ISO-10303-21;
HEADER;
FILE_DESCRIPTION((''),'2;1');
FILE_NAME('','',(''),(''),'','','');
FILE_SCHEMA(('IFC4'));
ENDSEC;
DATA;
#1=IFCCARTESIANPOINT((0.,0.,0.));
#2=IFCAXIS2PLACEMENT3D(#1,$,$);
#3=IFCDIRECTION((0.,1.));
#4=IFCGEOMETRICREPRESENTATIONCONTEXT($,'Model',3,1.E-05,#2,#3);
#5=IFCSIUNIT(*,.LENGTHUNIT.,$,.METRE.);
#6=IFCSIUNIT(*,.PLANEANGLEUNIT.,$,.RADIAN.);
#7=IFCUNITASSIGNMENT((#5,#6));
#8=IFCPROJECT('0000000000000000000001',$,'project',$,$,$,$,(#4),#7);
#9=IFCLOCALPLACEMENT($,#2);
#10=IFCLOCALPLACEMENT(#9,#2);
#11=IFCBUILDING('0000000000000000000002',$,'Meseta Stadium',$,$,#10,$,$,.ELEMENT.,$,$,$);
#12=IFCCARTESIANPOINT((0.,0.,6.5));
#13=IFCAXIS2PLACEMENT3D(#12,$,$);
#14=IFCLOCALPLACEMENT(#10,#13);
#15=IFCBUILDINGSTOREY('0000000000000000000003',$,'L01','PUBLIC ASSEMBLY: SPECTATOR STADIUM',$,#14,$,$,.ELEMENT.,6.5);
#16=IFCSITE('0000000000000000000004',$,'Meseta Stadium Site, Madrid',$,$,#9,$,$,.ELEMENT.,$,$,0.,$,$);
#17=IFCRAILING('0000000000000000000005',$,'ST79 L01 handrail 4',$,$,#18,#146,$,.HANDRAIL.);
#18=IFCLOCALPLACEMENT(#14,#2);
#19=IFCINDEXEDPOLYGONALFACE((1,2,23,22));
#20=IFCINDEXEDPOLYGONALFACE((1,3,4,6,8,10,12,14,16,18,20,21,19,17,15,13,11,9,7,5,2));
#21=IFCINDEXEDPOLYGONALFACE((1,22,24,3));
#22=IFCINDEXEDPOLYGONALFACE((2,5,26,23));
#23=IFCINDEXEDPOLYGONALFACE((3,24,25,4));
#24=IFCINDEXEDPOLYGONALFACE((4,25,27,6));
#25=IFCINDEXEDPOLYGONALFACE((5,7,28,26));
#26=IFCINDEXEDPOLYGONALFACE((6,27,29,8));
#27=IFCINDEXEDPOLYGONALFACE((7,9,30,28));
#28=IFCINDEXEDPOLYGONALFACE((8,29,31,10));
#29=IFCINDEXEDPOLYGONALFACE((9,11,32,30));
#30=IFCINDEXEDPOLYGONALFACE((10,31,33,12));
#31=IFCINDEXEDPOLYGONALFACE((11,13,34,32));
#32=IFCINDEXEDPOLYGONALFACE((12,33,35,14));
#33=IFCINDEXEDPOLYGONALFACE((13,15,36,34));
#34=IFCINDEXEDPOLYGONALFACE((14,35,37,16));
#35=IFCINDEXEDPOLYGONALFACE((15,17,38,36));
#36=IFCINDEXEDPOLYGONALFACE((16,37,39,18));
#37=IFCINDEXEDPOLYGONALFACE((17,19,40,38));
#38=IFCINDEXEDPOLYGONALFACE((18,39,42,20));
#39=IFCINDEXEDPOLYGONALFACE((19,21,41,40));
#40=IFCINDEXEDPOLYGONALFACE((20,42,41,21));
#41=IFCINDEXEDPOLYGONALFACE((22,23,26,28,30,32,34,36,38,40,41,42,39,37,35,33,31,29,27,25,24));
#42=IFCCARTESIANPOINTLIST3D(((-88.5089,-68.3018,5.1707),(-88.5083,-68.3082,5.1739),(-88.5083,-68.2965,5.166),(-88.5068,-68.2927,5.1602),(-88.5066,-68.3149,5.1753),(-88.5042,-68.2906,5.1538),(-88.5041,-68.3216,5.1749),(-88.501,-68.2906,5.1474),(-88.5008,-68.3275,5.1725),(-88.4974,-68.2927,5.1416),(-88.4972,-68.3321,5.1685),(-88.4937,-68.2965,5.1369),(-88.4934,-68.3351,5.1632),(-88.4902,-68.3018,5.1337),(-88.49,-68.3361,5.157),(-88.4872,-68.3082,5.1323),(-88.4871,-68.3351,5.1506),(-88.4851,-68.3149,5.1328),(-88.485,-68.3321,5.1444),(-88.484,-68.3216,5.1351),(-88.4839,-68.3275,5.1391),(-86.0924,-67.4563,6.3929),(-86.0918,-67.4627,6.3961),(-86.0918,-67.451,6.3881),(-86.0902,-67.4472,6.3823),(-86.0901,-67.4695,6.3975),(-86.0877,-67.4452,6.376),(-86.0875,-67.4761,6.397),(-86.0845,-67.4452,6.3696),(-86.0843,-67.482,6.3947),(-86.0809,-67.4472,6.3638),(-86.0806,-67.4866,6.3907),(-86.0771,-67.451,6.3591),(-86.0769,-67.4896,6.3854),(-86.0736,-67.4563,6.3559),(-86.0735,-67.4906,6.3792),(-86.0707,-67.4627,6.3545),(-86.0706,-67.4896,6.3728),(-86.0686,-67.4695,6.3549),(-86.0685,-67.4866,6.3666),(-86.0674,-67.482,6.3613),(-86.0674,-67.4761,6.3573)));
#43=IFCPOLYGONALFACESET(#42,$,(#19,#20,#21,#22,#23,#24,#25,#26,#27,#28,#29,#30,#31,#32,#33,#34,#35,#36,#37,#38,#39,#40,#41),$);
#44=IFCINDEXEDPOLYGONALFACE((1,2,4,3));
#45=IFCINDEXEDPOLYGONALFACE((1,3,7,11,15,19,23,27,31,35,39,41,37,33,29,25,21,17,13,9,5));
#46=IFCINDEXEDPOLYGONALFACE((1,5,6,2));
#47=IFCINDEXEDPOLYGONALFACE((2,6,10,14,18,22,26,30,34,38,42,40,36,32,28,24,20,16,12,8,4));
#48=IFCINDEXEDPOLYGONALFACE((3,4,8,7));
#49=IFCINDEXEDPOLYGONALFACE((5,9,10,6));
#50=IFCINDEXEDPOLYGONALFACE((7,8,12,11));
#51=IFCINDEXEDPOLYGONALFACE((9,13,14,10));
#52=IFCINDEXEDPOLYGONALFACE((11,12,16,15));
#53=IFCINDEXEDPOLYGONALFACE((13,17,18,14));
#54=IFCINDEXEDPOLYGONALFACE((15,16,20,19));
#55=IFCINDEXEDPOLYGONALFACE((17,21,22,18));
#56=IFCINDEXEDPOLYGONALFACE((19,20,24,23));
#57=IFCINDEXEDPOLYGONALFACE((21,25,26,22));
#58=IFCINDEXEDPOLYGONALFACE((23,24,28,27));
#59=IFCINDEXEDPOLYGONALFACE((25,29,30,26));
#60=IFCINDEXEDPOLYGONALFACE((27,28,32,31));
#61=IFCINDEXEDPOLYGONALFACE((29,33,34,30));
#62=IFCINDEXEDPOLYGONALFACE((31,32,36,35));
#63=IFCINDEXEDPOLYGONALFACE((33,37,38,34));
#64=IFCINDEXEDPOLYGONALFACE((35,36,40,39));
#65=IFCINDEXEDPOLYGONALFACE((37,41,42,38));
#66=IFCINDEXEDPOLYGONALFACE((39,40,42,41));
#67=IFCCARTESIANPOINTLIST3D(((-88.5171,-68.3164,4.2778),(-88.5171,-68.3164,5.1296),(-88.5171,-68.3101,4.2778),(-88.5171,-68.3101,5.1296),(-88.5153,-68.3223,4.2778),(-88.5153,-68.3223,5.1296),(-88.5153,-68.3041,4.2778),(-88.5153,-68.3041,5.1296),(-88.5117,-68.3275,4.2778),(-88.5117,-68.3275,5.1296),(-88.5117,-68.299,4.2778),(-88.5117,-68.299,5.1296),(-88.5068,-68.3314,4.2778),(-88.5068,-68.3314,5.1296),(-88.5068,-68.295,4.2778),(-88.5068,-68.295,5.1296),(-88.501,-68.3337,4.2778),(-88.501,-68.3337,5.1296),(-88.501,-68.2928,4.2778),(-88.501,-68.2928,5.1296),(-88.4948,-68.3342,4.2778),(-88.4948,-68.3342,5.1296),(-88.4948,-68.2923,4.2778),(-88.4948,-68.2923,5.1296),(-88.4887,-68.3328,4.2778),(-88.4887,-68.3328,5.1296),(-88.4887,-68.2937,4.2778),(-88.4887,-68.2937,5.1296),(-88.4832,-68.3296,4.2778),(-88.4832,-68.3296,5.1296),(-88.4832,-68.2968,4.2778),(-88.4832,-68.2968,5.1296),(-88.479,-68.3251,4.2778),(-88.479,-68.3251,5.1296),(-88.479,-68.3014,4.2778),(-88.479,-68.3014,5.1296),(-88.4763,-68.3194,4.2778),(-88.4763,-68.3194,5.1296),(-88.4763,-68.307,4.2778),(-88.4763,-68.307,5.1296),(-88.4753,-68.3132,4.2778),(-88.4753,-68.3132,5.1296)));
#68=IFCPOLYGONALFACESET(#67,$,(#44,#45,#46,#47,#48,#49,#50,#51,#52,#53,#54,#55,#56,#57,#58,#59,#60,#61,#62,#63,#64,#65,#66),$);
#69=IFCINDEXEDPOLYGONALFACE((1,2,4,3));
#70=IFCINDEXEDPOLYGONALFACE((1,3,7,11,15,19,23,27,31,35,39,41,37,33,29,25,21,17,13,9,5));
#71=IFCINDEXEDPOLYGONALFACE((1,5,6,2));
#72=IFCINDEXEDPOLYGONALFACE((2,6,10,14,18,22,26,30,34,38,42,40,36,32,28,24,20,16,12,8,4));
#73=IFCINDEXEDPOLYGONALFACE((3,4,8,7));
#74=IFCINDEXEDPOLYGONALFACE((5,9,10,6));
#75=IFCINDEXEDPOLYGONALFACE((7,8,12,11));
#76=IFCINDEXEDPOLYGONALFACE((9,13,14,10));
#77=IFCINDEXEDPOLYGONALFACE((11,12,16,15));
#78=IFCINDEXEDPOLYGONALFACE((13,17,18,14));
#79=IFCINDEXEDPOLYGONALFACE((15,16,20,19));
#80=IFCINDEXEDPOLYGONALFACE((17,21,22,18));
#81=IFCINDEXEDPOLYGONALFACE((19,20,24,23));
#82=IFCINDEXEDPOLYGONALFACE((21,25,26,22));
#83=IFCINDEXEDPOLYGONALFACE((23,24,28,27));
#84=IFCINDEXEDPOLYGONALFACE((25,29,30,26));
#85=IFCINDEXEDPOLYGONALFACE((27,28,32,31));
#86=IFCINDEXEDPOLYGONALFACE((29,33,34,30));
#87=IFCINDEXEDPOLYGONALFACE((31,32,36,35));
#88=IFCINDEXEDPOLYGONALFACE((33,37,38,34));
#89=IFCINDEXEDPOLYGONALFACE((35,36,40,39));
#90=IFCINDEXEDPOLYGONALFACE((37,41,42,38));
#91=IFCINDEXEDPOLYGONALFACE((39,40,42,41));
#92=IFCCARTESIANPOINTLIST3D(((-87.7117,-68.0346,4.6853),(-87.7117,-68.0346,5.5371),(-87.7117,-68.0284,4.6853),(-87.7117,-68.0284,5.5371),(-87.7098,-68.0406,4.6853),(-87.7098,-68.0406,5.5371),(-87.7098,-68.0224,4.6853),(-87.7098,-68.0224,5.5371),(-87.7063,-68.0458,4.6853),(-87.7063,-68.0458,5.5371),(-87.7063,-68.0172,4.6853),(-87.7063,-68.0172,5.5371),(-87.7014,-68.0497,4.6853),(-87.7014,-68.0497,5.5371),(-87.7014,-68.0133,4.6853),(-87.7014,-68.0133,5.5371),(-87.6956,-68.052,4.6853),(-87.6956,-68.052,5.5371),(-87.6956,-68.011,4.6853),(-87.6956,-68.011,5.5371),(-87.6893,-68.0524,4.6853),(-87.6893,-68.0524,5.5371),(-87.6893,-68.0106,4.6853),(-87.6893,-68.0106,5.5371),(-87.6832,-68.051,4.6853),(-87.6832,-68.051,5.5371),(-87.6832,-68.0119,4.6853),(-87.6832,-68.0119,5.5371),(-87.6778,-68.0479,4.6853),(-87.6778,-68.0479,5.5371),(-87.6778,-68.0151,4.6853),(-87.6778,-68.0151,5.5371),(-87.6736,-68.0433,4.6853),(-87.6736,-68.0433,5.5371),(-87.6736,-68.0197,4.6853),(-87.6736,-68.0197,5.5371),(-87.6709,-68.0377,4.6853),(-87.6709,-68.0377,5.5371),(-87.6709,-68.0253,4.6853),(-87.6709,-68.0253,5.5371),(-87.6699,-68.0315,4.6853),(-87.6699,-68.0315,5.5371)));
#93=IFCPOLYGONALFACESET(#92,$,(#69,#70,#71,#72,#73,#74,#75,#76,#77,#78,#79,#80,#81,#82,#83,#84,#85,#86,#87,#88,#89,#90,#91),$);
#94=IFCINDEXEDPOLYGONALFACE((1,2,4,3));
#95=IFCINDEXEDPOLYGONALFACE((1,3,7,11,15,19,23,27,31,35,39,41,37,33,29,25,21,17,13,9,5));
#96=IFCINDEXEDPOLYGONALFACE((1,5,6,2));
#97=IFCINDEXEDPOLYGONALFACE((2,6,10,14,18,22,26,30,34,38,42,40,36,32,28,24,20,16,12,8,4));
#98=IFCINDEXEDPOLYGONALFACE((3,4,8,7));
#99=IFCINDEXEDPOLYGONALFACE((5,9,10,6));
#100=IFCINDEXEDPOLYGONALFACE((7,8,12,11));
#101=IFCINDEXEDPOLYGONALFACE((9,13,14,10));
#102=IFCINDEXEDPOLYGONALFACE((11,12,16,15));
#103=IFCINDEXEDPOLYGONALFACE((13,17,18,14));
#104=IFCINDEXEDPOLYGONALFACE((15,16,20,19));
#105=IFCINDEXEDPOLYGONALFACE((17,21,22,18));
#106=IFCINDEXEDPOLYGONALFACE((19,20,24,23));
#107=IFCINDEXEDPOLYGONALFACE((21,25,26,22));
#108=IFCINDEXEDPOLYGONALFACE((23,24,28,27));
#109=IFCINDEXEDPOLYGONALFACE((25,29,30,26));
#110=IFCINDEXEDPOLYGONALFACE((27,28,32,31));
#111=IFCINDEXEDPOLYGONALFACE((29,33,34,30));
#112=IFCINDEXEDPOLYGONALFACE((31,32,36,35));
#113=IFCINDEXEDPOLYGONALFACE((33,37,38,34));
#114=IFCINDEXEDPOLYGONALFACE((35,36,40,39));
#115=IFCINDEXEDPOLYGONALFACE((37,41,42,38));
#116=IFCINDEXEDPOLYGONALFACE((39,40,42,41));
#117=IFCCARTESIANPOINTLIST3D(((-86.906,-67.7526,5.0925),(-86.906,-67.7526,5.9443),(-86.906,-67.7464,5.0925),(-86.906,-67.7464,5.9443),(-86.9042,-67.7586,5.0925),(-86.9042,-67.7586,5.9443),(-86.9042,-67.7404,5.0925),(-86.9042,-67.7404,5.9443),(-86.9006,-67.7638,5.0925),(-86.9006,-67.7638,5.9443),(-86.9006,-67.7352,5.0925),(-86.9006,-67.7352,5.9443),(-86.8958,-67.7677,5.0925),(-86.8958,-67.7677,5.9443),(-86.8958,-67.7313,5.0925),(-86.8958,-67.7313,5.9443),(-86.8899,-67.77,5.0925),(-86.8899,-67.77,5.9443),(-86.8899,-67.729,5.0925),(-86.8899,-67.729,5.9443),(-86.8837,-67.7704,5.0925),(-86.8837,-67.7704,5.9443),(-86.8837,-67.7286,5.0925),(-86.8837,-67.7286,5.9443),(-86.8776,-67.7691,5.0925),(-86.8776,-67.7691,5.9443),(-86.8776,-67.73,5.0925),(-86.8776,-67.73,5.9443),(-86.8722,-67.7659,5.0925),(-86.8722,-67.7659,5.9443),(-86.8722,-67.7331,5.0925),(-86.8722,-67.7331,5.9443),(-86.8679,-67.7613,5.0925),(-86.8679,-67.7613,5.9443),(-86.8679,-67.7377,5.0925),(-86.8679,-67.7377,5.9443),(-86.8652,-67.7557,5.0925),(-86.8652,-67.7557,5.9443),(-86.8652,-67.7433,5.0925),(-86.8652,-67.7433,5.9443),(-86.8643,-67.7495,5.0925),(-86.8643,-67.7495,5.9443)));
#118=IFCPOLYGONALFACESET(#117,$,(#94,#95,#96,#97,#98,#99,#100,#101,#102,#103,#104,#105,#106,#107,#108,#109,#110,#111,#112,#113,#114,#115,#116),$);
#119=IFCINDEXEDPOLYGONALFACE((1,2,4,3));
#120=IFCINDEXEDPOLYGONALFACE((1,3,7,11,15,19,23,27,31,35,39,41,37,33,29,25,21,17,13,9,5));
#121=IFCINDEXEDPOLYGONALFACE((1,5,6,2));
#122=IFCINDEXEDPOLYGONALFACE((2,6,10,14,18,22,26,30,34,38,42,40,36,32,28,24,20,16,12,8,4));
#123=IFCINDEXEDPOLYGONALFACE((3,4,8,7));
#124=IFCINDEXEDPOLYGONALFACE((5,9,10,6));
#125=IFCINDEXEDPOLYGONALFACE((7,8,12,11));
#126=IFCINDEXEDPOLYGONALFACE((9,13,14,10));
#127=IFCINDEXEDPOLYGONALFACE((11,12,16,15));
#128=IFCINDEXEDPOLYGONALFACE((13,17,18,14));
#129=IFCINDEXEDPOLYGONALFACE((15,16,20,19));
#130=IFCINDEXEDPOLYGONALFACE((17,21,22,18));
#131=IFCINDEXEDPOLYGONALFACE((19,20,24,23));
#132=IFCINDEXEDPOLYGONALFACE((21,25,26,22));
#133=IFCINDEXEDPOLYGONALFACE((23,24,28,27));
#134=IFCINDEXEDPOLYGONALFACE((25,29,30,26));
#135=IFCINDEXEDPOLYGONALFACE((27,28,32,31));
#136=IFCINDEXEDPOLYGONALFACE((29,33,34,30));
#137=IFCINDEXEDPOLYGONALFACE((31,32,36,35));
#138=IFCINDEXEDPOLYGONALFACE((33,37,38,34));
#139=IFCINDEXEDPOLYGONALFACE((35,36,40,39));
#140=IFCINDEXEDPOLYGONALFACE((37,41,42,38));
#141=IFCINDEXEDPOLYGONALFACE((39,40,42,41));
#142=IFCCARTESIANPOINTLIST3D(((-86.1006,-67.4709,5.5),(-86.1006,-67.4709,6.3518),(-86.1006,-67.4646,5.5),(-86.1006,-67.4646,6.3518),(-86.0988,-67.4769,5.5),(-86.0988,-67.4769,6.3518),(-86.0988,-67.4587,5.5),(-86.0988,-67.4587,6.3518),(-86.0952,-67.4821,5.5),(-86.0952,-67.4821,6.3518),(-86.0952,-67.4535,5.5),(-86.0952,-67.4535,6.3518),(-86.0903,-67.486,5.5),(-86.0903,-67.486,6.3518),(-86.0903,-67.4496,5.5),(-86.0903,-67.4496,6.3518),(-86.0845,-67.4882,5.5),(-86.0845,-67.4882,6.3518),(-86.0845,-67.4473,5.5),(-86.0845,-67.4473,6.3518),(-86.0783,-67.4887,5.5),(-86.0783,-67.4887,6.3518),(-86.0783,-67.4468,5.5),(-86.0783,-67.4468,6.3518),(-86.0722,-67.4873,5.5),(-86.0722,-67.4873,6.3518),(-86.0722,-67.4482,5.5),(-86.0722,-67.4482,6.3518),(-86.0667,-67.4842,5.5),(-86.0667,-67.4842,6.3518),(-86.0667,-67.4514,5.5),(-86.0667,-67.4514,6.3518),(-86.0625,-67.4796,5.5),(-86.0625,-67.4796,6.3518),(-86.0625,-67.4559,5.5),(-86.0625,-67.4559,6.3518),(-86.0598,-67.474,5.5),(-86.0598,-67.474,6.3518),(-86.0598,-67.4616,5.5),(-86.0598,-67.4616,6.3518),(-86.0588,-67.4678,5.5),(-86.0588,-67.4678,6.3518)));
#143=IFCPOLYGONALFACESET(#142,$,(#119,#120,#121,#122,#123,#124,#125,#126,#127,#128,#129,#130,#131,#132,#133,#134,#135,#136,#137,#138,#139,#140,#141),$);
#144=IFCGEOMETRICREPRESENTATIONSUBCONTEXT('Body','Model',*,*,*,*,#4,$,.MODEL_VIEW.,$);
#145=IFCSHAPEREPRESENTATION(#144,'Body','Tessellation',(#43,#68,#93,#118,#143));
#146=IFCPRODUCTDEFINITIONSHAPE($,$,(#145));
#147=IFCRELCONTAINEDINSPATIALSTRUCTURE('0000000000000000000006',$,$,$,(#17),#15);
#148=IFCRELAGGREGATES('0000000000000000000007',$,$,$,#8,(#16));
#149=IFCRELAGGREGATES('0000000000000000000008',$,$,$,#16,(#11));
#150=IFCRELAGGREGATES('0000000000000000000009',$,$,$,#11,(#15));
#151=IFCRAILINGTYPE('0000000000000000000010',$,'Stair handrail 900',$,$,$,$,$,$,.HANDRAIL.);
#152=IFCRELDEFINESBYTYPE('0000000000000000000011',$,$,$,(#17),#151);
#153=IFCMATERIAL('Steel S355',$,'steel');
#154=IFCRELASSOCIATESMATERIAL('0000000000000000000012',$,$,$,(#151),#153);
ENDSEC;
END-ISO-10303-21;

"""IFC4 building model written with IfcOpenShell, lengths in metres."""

from ifc_helpers import new_model, si_unit, direction, frame, origin, origin_2d, place, context, subcontext, project, spatial, circle, extrude, material, type_object, element, save


model = new_model("IFC4")

# Units and contexts
model_context = context("Model", 3, precision=1e-05, world=origin(), true_north=direction((0.0, 1.0)))
body_context = subcontext(model_context, "Body", "Model", "MODEL_VIEW")
ifc_project = project(units=[si_unit("LENGTHUNIT", "METRE"), si_unit("PLANEANGLEUNIT", "RADIAN")], contexts=[model_context])

# Site, building, storey
site_placement = place(None, origin())
site = spatial("IfcSite", under=ifc_project, at=site_placement, Name="Meseta Stadium Site, Madrid", CompositionType="ELEMENT", RefElevation=0.0)
building_placement = place(site_placement, origin())
building = spatial("IfcBuilding", under=site, at=building_placement, Name="Meseta Stadium", CompositionType="ELEMENT")
storey_placement = place(building_placement, frame((0.0, 0.0, 6.5)))
storey = spatial("IfcBuildingStorey", under=building, at=storey_placement, Name="L01", Description="PUBLIC ASSEMBLY: SPECTATOR STADIUM", CompositionType="ELEMENT", Elevation=6.5)

# Railing
ifc_material_1 = material(Name="Steel S355", Category="steel")
railing_type_1 = type_object("IfcRailingType", Name="Stair handrail 900", PredefinedType="HANDRAIL", material=ifc_material_1)
for number, where, name in (
    (1, (-88.4963, -68.3132, 4.2778), "ST79 L01 handrail 4"),
):
    element("IfcRailing", number, at=place(storey_placement, frame(where)), inside=storey, type_object=railing_type_1, Name=name, PredefinedType="HANDRAIL", context=body_context, shape_type="SweptSolid", body=[
        extrude(circle(Radius=0.0239, at=origin_2d()), frame((0.0, 0.0, 0.876), z_axis=(0.851812, 0.298022, 0.430811), x_axis=(-0.33024, 0.943897, 0.0)), (0.0, 0.0, 1.0), 2.8369),
        extrude(circle(Radius=0.021, at=origin_2d()), origin(), (0.0, 0.0, 1.0), 0.8518),
        extrude(circle(Radius=0.021, at=origin_2d()), frame((0.8054, 0.2817, 0.4075)), (0.0, 0.0, 1.0), 0.8518),
        extrude(circle(Radius=0.021, at=origin_2d()), frame((1.6111, 0.5637, 0.8147)), (0.0, 0.0, 1.0), 0.8518),
        extrude(circle(Radius=0.021, at=origin_2d()), frame((2.4165, 0.8455, 1.2222)), (0.0, 0.0, 1.0), 0.8518),
    ])

save(model, "model.ifc")
